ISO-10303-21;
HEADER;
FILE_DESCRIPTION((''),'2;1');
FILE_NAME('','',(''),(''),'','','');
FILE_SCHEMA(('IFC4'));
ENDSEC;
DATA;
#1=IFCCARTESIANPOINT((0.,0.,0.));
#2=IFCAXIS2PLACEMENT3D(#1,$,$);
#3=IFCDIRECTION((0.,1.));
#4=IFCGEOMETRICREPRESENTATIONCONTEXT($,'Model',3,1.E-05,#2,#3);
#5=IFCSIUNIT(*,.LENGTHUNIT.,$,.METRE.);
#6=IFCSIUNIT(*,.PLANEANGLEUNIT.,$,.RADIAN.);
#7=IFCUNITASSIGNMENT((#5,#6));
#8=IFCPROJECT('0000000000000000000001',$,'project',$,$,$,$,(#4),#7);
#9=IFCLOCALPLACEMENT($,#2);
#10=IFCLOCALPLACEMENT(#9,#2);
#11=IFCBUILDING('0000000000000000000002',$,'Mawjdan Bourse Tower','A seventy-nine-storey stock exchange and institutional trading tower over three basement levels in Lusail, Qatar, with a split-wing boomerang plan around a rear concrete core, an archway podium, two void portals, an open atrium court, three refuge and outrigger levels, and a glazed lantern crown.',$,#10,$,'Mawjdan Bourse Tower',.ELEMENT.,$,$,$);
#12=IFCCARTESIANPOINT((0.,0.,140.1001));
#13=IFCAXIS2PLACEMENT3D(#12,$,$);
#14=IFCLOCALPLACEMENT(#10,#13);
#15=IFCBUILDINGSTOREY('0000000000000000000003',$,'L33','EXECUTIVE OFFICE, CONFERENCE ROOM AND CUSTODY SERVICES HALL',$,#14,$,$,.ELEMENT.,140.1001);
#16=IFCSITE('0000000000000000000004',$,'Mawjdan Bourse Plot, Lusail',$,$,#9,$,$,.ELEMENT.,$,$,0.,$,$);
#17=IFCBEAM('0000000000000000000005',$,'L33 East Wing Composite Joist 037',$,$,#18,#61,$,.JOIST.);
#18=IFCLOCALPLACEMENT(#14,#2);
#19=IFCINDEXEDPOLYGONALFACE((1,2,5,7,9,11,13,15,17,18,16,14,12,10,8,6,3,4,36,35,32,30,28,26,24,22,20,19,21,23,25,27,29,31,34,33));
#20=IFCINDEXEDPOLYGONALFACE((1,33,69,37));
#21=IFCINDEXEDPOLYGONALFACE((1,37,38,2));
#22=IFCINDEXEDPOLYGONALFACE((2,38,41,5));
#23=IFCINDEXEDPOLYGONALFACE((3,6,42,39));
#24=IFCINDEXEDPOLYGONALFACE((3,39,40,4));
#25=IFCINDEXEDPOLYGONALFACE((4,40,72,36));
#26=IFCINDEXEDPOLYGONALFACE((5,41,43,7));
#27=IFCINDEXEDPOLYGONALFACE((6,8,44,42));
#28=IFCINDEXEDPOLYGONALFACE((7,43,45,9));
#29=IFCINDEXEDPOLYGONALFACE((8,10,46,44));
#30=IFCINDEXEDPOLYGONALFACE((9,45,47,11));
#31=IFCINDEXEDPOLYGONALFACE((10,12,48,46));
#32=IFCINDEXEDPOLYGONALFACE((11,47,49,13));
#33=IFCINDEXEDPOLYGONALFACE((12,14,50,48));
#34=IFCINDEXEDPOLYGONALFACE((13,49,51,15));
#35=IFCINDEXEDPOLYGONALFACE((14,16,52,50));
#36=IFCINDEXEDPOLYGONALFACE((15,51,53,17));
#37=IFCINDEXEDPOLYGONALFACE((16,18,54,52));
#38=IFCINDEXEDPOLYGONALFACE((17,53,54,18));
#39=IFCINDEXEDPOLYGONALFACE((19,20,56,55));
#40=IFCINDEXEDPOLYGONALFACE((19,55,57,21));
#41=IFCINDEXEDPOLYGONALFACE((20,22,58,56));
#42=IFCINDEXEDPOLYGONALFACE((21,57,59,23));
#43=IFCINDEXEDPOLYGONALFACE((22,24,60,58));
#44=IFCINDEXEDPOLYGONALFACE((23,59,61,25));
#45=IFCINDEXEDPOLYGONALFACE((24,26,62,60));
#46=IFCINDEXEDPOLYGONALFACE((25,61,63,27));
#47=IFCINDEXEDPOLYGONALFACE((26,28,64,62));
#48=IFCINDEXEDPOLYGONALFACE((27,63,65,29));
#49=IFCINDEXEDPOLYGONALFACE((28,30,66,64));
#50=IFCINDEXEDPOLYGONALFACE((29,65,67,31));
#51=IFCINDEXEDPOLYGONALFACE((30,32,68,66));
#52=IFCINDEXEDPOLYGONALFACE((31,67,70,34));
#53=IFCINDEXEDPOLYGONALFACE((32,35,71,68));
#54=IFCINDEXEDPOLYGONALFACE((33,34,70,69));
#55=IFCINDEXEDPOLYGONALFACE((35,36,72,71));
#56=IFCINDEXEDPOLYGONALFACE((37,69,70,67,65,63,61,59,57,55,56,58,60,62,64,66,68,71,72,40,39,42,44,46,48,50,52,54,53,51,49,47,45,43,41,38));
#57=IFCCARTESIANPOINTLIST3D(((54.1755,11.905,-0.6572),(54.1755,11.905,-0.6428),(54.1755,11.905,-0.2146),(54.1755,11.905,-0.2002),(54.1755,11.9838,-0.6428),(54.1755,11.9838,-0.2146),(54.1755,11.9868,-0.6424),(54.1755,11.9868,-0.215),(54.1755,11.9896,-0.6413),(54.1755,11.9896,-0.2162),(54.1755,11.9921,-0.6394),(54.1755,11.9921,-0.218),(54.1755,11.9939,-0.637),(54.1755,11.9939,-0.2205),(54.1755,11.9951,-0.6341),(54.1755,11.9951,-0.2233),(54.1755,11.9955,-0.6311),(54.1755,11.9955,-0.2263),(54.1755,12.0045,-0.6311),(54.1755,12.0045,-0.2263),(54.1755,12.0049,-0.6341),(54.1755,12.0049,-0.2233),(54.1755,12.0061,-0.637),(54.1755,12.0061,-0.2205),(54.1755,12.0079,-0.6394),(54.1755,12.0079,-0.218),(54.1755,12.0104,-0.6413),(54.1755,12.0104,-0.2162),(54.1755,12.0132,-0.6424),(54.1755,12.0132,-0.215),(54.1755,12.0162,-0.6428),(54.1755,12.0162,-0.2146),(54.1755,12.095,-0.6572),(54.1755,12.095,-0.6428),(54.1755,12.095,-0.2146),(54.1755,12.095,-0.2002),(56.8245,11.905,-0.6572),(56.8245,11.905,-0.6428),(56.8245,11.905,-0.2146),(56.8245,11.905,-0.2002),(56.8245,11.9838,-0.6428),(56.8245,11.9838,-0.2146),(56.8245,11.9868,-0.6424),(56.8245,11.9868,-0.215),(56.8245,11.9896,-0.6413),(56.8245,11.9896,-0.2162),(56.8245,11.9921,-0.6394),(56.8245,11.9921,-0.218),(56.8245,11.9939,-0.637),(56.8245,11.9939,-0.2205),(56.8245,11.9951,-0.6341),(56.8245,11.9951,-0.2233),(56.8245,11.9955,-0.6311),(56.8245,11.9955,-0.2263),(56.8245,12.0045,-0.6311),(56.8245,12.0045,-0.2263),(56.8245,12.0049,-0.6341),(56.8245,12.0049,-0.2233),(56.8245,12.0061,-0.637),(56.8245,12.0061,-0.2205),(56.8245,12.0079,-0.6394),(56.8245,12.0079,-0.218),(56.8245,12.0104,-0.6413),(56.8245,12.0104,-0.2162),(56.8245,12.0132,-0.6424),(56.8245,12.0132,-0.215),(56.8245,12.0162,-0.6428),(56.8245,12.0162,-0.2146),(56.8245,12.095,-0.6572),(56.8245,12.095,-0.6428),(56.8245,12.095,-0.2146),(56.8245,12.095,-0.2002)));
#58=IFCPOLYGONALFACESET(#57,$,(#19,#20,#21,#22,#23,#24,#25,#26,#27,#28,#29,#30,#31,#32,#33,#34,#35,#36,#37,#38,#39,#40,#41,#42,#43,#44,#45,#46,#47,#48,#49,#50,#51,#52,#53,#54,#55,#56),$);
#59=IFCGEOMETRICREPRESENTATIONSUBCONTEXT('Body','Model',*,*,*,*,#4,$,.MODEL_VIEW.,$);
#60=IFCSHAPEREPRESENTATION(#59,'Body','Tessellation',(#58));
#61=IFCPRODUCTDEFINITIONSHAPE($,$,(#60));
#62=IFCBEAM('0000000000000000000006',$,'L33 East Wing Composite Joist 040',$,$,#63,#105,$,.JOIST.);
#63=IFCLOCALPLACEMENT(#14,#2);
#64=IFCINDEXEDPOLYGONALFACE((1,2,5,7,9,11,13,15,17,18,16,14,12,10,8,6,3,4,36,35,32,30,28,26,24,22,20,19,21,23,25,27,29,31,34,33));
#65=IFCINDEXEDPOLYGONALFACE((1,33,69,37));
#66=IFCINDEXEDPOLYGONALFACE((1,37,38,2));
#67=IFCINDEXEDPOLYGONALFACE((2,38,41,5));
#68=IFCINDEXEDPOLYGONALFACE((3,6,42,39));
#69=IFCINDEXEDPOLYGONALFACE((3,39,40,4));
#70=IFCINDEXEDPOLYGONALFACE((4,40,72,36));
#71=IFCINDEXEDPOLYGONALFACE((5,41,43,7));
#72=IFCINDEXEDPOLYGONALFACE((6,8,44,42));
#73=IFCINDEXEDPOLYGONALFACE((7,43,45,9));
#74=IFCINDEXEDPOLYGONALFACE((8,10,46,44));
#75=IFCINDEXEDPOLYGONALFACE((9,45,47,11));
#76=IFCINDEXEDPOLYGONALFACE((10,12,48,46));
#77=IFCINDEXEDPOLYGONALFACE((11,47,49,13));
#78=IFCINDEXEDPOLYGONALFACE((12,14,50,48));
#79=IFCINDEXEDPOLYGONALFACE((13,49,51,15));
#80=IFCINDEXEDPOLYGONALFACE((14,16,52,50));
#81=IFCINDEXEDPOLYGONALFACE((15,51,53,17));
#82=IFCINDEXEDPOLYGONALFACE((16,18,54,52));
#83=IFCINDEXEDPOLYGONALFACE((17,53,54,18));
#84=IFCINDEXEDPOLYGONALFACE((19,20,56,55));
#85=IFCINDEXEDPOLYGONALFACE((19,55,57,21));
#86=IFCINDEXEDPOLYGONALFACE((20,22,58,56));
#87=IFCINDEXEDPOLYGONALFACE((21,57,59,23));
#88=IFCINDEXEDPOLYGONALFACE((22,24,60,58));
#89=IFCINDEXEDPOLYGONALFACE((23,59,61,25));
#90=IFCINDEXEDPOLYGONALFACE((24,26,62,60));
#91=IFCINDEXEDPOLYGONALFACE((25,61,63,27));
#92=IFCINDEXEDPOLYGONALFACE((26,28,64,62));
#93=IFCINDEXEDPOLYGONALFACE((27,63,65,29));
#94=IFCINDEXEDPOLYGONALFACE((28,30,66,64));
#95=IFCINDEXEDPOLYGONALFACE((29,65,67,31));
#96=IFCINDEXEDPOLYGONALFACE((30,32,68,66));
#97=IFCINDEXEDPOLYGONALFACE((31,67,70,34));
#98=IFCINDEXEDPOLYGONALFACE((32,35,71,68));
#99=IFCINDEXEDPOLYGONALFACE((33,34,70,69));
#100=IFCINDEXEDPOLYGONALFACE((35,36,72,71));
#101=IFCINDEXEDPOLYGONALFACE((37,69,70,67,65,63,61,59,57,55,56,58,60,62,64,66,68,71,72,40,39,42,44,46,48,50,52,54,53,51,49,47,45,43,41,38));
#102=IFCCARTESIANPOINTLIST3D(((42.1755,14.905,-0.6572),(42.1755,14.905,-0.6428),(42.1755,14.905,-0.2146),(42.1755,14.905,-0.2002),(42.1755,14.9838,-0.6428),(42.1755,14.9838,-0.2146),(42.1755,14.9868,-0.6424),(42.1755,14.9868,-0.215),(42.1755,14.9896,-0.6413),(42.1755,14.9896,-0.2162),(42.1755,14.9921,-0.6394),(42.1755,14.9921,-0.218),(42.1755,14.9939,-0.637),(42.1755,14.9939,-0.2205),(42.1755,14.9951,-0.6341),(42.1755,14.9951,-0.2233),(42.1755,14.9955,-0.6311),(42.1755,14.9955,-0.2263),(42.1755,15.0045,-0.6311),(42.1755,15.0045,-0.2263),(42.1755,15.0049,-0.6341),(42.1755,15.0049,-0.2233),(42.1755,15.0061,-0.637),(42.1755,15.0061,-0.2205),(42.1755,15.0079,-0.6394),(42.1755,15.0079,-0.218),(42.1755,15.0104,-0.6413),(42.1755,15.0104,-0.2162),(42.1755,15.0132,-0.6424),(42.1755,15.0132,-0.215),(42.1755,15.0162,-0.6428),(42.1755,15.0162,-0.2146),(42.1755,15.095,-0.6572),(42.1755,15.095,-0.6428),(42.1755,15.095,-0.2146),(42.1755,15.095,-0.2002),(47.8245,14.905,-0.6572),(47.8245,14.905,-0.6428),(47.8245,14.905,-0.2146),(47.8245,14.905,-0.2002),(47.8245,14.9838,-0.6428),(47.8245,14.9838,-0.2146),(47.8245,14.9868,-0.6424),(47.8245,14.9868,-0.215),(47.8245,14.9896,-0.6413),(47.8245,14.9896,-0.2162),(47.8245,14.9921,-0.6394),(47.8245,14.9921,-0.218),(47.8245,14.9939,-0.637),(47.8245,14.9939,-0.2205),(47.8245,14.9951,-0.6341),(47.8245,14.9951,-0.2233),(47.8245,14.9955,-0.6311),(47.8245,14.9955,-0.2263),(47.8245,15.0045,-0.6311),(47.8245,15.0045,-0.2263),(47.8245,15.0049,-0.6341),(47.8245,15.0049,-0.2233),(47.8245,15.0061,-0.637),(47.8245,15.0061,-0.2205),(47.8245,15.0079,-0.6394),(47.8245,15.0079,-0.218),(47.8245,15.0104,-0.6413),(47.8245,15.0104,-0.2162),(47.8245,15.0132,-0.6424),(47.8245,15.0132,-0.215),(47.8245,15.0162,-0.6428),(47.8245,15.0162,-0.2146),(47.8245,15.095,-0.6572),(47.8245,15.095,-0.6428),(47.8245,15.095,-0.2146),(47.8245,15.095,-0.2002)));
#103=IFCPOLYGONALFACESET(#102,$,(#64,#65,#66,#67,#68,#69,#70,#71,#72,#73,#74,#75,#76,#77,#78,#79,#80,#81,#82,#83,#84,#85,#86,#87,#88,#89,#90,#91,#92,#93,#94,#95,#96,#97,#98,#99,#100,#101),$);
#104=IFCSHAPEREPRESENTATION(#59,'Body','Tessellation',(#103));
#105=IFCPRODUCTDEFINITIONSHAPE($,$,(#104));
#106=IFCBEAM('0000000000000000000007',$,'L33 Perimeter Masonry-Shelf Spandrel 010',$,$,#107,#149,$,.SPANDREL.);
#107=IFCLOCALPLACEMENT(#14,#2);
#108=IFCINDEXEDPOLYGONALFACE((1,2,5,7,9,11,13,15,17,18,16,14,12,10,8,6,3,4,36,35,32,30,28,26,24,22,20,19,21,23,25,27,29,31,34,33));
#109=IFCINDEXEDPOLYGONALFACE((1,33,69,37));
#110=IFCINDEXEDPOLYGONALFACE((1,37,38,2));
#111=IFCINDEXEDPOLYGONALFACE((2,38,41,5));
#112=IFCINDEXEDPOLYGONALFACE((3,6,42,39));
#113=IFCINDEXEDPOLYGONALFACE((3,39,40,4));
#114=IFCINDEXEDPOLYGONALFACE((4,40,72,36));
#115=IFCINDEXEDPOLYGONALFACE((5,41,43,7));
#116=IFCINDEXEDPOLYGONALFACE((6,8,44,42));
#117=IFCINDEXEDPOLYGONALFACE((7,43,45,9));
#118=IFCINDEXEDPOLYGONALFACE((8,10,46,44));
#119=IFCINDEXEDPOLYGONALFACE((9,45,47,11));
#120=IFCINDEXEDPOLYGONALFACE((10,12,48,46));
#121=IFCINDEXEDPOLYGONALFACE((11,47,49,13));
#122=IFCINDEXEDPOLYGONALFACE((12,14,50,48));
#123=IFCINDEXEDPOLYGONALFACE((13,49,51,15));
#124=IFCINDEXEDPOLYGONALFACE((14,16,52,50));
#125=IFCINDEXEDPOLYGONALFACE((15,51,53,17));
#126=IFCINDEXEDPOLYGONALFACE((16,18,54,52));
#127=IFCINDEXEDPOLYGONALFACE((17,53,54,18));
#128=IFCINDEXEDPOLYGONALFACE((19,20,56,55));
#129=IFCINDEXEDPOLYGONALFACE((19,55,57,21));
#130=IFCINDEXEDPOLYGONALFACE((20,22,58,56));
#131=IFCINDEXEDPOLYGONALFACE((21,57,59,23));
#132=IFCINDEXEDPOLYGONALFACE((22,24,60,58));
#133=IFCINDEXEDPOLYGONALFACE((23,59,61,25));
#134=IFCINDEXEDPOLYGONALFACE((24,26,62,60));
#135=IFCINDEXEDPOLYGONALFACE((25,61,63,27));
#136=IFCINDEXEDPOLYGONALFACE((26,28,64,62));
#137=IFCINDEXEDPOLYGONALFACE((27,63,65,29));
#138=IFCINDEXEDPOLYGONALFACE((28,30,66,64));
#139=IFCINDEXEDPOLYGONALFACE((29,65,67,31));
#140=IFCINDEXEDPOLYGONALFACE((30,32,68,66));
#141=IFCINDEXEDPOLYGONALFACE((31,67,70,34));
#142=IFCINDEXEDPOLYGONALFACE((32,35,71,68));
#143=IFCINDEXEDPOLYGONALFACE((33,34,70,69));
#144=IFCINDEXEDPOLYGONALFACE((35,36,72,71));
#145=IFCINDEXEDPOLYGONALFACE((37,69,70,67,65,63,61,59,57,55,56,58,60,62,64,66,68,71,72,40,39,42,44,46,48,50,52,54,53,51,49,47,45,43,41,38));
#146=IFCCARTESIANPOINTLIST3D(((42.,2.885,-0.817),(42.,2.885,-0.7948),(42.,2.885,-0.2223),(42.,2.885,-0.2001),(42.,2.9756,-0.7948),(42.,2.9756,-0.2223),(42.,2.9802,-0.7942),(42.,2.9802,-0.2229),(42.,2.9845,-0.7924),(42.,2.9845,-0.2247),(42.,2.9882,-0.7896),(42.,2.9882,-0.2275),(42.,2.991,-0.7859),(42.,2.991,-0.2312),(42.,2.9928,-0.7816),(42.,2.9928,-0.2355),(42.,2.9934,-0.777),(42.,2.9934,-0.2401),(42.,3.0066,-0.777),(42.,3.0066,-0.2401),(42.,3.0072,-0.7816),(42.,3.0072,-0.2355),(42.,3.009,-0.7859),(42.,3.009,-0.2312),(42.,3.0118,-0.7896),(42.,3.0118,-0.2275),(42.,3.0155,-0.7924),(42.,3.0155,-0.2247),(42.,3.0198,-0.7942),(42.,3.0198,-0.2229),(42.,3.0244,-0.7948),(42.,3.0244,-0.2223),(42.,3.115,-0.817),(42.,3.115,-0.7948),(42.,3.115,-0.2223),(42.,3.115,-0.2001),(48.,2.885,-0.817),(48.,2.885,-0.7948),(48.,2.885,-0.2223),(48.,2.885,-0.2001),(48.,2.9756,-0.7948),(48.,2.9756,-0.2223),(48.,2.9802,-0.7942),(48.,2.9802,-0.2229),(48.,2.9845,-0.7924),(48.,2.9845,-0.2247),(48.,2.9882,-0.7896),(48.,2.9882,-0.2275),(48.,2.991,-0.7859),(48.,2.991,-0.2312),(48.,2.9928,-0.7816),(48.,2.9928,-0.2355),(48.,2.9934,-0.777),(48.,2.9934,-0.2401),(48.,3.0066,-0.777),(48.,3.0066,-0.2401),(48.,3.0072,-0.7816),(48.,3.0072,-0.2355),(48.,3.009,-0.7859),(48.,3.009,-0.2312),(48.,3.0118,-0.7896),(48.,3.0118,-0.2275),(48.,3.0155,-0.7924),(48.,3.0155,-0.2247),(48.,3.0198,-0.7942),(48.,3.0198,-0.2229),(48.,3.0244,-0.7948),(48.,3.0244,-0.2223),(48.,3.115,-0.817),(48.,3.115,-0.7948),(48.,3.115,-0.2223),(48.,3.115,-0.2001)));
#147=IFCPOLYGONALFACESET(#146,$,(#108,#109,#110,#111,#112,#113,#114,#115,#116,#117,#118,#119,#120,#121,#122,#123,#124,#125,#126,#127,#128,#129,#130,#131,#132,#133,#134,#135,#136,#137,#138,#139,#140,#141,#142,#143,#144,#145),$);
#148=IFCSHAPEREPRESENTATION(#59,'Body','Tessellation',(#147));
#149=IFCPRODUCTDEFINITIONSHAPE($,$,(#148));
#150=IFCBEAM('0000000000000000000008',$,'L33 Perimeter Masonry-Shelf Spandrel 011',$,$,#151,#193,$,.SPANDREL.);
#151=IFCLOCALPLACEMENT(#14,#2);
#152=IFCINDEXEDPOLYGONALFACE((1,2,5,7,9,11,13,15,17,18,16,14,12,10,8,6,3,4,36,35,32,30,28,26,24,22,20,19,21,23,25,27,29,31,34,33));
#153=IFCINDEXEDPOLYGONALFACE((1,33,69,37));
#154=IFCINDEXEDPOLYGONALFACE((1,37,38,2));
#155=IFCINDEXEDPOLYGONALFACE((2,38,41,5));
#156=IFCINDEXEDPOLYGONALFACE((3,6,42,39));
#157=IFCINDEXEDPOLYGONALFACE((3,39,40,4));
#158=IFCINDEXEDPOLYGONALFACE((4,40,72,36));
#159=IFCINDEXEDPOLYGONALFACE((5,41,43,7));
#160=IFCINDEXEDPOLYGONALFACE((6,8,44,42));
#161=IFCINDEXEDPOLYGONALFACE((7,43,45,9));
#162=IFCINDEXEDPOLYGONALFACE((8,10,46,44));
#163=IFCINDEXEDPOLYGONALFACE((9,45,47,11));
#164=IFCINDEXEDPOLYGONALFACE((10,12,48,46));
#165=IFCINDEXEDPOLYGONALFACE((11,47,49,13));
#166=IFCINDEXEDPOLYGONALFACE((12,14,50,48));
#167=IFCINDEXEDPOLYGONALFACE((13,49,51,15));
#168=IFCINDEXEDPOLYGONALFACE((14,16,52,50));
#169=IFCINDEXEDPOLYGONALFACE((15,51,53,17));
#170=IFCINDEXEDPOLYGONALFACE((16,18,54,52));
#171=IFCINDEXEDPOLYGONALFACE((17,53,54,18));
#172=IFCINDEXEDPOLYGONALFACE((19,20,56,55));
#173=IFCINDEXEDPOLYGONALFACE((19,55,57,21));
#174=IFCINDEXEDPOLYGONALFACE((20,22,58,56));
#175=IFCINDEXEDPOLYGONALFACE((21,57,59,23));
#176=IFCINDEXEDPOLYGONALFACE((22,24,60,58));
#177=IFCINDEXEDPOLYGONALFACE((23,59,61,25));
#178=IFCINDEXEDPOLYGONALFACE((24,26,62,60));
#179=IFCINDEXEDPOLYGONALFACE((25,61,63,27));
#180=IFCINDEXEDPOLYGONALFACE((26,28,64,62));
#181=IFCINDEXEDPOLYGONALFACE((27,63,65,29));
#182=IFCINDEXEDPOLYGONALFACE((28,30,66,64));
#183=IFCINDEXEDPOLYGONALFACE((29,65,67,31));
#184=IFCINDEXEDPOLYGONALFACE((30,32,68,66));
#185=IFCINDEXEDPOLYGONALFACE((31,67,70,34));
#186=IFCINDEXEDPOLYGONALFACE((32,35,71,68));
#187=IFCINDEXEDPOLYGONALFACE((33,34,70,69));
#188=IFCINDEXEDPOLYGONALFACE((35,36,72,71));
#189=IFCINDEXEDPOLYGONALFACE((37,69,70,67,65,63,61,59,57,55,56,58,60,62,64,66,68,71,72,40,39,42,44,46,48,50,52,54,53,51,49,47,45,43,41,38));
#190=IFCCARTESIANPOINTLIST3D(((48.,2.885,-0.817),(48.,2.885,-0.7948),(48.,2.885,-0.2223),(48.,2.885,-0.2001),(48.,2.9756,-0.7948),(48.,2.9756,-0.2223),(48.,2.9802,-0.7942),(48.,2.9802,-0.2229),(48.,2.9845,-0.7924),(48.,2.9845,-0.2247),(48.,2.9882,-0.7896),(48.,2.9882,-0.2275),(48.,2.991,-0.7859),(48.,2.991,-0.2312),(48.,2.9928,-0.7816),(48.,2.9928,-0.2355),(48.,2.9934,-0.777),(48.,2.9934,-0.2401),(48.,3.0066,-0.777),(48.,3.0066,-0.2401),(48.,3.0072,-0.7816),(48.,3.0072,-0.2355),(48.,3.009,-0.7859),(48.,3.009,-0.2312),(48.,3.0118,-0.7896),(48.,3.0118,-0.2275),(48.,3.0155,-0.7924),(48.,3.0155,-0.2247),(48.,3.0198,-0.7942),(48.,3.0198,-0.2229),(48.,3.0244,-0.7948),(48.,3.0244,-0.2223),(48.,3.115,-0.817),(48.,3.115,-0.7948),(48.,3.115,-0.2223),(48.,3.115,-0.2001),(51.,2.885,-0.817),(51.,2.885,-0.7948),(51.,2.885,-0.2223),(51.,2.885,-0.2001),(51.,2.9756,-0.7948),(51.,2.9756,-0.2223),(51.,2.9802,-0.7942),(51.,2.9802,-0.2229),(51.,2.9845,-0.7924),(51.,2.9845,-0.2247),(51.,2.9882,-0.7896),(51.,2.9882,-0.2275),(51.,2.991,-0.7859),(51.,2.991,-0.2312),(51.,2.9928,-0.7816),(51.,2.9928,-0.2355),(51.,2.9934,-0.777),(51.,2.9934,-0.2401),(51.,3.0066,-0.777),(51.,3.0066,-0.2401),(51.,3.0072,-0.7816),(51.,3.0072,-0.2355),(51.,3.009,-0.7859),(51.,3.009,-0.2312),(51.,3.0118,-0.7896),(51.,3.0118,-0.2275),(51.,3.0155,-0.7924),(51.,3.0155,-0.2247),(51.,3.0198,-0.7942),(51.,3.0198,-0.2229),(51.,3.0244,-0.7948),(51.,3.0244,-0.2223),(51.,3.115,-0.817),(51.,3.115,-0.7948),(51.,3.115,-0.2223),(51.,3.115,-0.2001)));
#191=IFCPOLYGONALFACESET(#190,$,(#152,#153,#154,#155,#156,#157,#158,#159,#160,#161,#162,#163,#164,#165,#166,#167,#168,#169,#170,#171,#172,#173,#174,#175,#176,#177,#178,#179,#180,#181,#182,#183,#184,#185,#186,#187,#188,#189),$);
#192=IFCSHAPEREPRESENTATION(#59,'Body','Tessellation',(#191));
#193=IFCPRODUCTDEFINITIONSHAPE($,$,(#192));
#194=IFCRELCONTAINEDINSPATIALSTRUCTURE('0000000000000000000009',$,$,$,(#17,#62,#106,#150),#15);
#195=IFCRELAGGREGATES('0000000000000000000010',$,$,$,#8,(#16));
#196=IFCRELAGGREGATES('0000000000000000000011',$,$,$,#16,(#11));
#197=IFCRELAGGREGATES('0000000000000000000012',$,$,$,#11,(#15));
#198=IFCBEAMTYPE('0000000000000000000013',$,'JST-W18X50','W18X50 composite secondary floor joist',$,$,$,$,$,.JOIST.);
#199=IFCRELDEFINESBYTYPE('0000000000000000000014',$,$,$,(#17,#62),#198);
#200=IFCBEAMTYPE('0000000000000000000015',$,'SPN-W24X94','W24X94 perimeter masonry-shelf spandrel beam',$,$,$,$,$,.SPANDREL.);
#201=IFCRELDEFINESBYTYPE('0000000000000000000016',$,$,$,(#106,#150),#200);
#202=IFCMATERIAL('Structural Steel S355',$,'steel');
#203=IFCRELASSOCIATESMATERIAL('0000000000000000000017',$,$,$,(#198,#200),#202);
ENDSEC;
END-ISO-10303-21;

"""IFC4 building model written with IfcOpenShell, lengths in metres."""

from ifc_helpers import new_model, si_unit, direction, frame, origin, origin_2d, place, context, subcontext, project, spatial, i_section, extrude, material, material_profile, profile_set, type_object, element, save


model = new_model("IFC4")

# Units and contexts
model_context = context("Model", 3, precision=1e-05, world=origin(), true_north=direction((0.0, 1.0)))
body_context = subcontext(model_context, "Body", "Model", "MODEL_VIEW")
ifc_project = project(units=[si_unit("LENGTHUNIT", "METRE"), si_unit("PLANEANGLEUNIT", "RADIAN")], contexts=[model_context])

# Site, building, storey
site_placement = place(None, origin())
site = spatial("IfcSite", under=ifc_project, at=site_placement, Name="Mawjdan Bourse Plot, Lusail", CompositionType="ELEMENT", RefElevation=0.0)
building_placement = place(site_placement, origin())
building = spatial("IfcBuilding", under=site, at=building_placement, Name="Mawjdan Bourse Tower", Description="A seventy-nine-storey stock exchange and institutional trading tower over three basement levels in Lusail, Qatar, with a split-wing boomerang plan around a rear concrete core, an archway podium, two void portals, an open atrium court, three refuge and outrigger levels, and a glazed lantern crown.", LongName="Mawjdan Bourse Tower", CompositionType="ELEMENT")
storey_placement = place(building_placement, frame((0.0, 0.0, 140.1001)))
storey = spatial("IfcBuildingStorey", under=building, at=storey_placement, Name="L33", Description="EXECUTIVE OFFICE, CONFERENCE ROOM AND CUSTODY SERVICES HALL", CompositionType="ELEMENT", Elevation=140.1001)

# Beams
ifc_material_1 = material(Name="Structural Steel S355", Category="steel")
ifc_material_profile_1 = material_profile(ifc_material_1, i_section(OverallWidth=0.1899, OverallDepth=0.457, WebThickness=0.009, FlangeThickness=0.0144, FilletRadius=0.0117, at=origin_2d()), Name="W18X50")
ifc_profile_set_1 = profile_set([ifc_material_profile_1], Name="Structural Steel S355")
beam_type_1 = type_object("IfcBeamType", Name="JST-W18X50", Description="W18X50 composite secondary floor joist", PredefinedType="JOIST", material=ifc_profile_set_1)
for number, where, z_axis, x_axis, name in (
    (1, (54.1755, 12.0, -0.4287), (1.0, 0.0, 0.0), (0.0, 1.0, 0.0), "L33 East Wing Composite Joist 037"),
):
    element("IfcBeam", number, at=place(storey_placement, frame(where, z_axis=z_axis, x_axis=x_axis)), inside=storey, type_object=beam_type_1, Name=name, PredefinedType="JOIST", context=body_context, shape_type="SweptSolid", body=[
        extrude(i_section(OverallWidth=0.1899, OverallDepth=0.457, WebThickness=0.009, FlangeThickness=0.0144, FilletRadius=0.0117, at=origin_2d()), origin(), (0.0, 0.0, 1.0), 2.6489),
    ])
beam_1_placement = place(storey_placement, frame((42.1755, 15.0, -0.4287), z_axis=(1.0, 0.0, 0.0), x_axis=(0.0, 1.0, 0.0)))
element("IfcBeam", 2, at=beam_1_placement, inside=storey, type_object=beam_type_1, Name="L33 East Wing Composite Joist 040", PredefinedType="JOIST", context=body_context, shape_type="SweptSolid", body=[
    extrude(i_section(OverallWidth=0.1899, OverallDepth=0.457, WebThickness=0.009, FlangeThickness=0.0144, FilletRadius=0.0117, at=origin_2d()), origin(), (0.0, 0.0, 1.0), 5.6489),
])
ifc_material_profile_2 = material_profile(ifc_material_1, i_section(OverallWidth=0.23, OverallDepth=0.6169, WebThickness=0.0132, FlangeThickness=0.0222, FilletRadius=0.0178, at=origin_2d()), Name="W24X94")
ifc_profile_set_2 = profile_set([ifc_material_profile_2], Name="Structural Steel S355")
beam_type_2 = type_object("IfcBeamType", Name="SPN-W24X94", Description="W24X94 perimeter masonry-shelf spandrel beam", PredefinedType="SPANDREL", material=ifc_profile_set_2)
beam_2_placement = place(storey_placement, frame((42.0, 3.0, -0.5085), z_axis=(1.0, 0.0, 0.0), x_axis=(0.0, 1.0, 0.0)))
element("IfcBeam", 3, at=beam_2_placement, inside=storey, type_object=beam_type_2, Name="L33 Perimeter Masonry-Shelf Spandrel 010", PredefinedType="SPANDREL", context=body_context, shape_type="SweptSolid", body=[
    extrude(i_section(OverallWidth=0.23, OverallDepth=0.6169, WebThickness=0.0132, FlangeThickness=0.0222, FilletRadius=0.0178, at=origin_2d()), origin(), (0.0, 0.0, 1.0), 6.0),
])
for number, where, z_axis, x_axis, name in (
    (4, (48.0, 3.0, -0.5085), (1.0, 0.0, 0.0), (0.0, 1.0, 0.0), "L33 Perimeter Masonry-Shelf Spandrel 011"),
):
    element("IfcBeam", number, at=place(storey_placement, frame(where, z_axis=z_axis, x_axis=x_axis)), inside=storey, type_object=beam_type_2, Name=name, PredefinedType="SPANDREL", context=body_context, shape_type="SweptSolid", body=[
        extrude(i_section(OverallWidth=0.23, OverallDepth=0.6169, WebThickness=0.0132, FlangeThickness=0.0222, FilletRadius=0.0178, at=origin_2d()), origin(), (0.0, 0.0, 1.0), 3.0),
    ])

save(model, "model.ifc")
